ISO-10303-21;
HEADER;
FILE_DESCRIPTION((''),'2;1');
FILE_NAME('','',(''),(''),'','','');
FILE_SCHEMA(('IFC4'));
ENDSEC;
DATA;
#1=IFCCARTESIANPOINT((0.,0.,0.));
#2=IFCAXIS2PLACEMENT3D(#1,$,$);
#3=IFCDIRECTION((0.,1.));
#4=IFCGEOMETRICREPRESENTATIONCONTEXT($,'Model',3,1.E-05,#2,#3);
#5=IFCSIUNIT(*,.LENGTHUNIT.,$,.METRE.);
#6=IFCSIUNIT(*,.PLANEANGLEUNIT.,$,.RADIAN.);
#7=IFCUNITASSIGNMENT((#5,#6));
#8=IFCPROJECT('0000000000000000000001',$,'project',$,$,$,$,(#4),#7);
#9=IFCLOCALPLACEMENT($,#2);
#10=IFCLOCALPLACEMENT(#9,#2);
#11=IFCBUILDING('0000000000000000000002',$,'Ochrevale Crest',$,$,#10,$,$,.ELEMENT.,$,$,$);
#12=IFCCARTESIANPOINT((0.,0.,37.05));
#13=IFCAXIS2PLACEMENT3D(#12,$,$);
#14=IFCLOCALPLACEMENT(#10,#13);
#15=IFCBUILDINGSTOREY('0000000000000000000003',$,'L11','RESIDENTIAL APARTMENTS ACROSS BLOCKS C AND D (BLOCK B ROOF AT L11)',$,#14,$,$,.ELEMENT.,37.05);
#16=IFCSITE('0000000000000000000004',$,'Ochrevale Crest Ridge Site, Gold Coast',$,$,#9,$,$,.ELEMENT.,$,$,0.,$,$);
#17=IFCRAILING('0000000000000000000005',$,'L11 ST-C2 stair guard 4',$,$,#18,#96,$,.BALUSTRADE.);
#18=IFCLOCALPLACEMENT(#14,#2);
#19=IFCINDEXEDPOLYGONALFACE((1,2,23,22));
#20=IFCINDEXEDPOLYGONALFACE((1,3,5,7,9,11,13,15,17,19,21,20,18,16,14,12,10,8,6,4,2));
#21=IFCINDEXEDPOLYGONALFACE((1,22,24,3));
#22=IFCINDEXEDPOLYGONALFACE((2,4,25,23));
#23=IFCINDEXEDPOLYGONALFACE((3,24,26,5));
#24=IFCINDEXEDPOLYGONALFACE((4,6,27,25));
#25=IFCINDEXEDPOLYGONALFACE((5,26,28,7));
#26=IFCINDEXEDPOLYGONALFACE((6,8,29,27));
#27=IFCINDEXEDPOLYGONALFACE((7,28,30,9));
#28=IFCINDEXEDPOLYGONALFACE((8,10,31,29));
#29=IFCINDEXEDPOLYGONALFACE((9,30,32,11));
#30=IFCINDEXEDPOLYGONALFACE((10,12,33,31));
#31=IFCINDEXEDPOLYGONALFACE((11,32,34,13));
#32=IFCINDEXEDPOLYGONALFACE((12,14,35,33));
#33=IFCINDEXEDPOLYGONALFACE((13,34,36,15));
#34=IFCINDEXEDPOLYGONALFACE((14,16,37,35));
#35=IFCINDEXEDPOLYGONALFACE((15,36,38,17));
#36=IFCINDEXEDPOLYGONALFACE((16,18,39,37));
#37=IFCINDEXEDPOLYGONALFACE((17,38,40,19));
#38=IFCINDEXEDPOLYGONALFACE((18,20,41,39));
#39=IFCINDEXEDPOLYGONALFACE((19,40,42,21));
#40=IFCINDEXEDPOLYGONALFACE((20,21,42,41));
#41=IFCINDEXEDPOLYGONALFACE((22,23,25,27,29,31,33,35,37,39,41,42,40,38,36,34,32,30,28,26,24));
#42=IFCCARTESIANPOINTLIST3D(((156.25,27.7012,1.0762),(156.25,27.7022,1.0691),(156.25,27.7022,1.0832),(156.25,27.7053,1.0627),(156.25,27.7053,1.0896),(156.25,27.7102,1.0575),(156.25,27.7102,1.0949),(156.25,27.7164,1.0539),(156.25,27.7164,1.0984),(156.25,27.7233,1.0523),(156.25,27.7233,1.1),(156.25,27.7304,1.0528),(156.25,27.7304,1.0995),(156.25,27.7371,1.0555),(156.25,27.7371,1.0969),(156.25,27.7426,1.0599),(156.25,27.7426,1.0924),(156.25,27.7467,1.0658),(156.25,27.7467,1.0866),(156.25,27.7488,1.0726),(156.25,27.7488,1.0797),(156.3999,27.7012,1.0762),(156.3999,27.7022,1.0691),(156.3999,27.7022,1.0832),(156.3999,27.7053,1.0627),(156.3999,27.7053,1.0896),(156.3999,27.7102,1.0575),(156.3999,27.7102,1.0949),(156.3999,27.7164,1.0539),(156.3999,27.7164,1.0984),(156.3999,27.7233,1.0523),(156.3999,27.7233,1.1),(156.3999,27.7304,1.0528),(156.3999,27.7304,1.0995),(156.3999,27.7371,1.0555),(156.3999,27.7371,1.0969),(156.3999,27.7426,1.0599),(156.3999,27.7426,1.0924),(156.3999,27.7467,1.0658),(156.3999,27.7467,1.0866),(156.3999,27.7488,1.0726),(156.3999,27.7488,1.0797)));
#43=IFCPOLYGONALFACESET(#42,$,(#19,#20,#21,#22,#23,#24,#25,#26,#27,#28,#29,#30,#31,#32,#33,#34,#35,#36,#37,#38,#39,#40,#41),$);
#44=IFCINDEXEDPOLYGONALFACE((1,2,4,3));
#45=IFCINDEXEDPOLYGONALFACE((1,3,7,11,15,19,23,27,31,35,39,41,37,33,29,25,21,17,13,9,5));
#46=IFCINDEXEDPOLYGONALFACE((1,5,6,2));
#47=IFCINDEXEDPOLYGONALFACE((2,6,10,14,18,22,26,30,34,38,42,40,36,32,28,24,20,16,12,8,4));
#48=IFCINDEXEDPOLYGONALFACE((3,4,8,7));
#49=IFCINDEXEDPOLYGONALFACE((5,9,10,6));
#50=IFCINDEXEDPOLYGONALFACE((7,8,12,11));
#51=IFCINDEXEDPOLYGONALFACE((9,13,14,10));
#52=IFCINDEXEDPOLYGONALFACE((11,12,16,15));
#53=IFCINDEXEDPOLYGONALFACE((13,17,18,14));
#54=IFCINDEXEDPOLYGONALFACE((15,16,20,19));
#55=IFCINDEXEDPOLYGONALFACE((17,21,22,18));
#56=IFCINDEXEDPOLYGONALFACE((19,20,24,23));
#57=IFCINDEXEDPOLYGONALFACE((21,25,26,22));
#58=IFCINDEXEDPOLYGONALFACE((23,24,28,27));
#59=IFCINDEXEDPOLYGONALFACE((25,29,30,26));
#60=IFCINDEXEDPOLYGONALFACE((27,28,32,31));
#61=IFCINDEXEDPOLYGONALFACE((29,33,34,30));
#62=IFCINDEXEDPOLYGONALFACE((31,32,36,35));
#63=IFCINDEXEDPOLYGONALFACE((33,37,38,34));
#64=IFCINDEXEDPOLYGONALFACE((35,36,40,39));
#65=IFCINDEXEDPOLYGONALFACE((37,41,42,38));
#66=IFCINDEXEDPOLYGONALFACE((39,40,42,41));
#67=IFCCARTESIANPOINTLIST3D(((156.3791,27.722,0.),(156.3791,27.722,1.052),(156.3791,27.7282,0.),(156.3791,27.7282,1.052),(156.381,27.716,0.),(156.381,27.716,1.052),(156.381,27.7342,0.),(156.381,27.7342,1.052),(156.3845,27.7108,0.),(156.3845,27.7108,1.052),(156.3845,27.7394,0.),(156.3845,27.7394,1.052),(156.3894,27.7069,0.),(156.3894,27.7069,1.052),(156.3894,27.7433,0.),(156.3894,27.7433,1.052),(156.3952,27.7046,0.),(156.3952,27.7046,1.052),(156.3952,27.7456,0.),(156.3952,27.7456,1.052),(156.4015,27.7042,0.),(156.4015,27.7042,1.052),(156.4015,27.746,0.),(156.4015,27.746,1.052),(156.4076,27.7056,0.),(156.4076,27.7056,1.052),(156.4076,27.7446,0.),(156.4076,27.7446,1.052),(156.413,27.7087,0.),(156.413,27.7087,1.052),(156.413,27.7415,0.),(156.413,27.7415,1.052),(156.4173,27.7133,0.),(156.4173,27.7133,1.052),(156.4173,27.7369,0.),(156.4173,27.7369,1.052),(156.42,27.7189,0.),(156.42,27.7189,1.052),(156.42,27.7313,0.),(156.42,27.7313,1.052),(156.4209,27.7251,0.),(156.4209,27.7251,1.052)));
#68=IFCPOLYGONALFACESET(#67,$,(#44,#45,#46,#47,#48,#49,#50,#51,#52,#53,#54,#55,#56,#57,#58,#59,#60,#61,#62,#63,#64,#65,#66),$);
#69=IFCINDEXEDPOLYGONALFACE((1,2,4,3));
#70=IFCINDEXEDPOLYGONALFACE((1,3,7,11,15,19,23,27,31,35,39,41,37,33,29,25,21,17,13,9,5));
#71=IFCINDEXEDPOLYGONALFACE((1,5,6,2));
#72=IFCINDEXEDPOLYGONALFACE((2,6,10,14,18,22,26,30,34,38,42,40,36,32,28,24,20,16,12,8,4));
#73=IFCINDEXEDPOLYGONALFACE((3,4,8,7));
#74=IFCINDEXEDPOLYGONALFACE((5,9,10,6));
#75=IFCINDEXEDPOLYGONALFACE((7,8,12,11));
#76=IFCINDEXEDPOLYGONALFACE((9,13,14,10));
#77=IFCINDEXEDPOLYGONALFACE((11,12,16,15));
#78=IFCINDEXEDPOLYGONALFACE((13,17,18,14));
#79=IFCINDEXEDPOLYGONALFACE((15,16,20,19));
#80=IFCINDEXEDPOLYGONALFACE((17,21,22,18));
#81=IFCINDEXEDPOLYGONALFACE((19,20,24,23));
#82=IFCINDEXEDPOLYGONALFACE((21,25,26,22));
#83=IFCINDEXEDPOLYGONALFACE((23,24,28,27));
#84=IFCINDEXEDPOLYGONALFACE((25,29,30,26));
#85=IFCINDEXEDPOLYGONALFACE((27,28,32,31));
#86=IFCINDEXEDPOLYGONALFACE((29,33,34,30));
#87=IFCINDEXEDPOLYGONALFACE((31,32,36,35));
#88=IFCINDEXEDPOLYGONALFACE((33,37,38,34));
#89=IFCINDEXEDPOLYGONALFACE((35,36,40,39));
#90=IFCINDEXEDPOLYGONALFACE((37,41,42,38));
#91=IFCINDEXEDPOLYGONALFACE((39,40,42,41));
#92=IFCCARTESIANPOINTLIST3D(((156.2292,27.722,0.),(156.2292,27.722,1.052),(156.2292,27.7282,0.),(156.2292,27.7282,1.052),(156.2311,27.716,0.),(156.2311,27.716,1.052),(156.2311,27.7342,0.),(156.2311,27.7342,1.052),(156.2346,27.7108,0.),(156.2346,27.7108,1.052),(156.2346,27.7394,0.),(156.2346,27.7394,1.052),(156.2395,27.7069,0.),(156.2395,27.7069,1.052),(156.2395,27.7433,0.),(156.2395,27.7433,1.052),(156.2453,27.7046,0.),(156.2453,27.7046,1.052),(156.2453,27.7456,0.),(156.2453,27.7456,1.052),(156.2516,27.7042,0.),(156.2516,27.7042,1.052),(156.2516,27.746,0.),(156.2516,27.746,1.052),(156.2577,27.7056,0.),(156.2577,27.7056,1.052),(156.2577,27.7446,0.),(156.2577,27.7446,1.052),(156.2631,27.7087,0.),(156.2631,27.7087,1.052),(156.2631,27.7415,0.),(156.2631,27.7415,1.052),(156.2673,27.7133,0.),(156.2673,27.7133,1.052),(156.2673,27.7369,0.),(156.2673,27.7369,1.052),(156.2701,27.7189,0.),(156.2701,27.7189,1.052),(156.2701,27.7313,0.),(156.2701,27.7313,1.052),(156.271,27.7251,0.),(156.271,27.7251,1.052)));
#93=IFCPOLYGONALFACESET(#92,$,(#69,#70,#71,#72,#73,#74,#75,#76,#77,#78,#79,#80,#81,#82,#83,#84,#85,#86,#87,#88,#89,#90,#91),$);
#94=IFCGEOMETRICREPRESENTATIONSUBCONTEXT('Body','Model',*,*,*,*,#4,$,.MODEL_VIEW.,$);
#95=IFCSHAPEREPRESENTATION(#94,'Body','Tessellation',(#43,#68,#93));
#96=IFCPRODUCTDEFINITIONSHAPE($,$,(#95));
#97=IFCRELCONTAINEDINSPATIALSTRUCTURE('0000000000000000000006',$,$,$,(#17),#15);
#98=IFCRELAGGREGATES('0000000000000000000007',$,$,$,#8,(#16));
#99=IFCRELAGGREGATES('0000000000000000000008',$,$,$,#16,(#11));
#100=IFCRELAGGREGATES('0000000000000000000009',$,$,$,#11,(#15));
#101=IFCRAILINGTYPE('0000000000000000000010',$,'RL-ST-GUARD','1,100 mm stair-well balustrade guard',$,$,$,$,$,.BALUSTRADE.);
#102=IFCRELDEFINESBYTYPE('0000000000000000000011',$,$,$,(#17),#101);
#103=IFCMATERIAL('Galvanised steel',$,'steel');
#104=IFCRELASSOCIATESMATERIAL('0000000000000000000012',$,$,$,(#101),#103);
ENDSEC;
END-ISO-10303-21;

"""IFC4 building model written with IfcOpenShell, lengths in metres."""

from ifc_helpers import new_model, si_unit, direction, frame, origin, origin_2d, place, context, subcontext, project, spatial, circle, extrude, material, type_object, element, save


model = new_model("IFC4")

# Units and contexts
model_context = context("Model", 3, precision=1e-05, world=origin(), true_north=direction((0.0, 1.0)))
body_context = subcontext(model_context, "Body", "Model", "MODEL_VIEW")
ifc_project = project(units=[si_unit("LENGTHUNIT", "METRE"), si_unit("PLANEANGLEUNIT", "RADIAN")], contexts=[model_context])

# Site, building, storey
site_placement = place(None, origin())
site = spatial("IfcSite", under=ifc_project, at=site_placement, Name="Ochrevale Crest Ridge Site, Gold Coast", CompositionType="ELEMENT", RefElevation=0.0)
building_placement = place(site_placement, origin())
building = spatial("IfcBuilding", under=site, at=building_placement, Name="Ochrevale Crest", CompositionType="ELEMENT")
storey_placement = place(building_placement, frame((0.0, 0.0, 37.05)))
storey = spatial("IfcBuildingStorey", under=building, at=storey_placement, Name="L11", Description="RESIDENTIAL APARTMENTS ACROSS BLOCKS C AND D (BLOCK B ROOF AT L11)", CompositionType="ELEMENT", Elevation=37.05)

# Railing
ifc_material_1 = material(Name="Galvanised steel", Category="steel")
railing_type_1 = type_object("IfcRailingType", Name="RL-ST-GUARD", Description="1,100 mm stair-well balustrade guard", PredefinedType="BALUSTRADE", material=ifc_material_1)
railing_1_placement = place(storey_placement, frame((156.3999, 27.7251, 0.0)))
element("IfcRailing", 1, at=railing_1_placement, inside=storey, type_object=railing_type_1, Name="L11 ST-C2 stair guard 4", PredefinedType="BALUSTRADE", context=body_context, shape_type="SweptSolid", body=[
    extrude(circle(Radius=0.0239, at=origin_2d()), frame((0.0, 0.0, 1.0762), z_axis=(-1.0, 0.0, 0.0), x_axis=(0.0, -1.0, 0.0)), (0.0, 0.0, 1.0), 0.1499),
    extrude(circle(Radius=0.021, at=origin_2d()), origin(), (0.0, 0.0, 1.0), 1.052),
    extrude(circle(Radius=0.021, at=origin_2d()), frame((-0.1499, 0.0, 0.0)), (0.0, 0.0, 1.0), 1.052),
])

save(model, "model.ifc")
